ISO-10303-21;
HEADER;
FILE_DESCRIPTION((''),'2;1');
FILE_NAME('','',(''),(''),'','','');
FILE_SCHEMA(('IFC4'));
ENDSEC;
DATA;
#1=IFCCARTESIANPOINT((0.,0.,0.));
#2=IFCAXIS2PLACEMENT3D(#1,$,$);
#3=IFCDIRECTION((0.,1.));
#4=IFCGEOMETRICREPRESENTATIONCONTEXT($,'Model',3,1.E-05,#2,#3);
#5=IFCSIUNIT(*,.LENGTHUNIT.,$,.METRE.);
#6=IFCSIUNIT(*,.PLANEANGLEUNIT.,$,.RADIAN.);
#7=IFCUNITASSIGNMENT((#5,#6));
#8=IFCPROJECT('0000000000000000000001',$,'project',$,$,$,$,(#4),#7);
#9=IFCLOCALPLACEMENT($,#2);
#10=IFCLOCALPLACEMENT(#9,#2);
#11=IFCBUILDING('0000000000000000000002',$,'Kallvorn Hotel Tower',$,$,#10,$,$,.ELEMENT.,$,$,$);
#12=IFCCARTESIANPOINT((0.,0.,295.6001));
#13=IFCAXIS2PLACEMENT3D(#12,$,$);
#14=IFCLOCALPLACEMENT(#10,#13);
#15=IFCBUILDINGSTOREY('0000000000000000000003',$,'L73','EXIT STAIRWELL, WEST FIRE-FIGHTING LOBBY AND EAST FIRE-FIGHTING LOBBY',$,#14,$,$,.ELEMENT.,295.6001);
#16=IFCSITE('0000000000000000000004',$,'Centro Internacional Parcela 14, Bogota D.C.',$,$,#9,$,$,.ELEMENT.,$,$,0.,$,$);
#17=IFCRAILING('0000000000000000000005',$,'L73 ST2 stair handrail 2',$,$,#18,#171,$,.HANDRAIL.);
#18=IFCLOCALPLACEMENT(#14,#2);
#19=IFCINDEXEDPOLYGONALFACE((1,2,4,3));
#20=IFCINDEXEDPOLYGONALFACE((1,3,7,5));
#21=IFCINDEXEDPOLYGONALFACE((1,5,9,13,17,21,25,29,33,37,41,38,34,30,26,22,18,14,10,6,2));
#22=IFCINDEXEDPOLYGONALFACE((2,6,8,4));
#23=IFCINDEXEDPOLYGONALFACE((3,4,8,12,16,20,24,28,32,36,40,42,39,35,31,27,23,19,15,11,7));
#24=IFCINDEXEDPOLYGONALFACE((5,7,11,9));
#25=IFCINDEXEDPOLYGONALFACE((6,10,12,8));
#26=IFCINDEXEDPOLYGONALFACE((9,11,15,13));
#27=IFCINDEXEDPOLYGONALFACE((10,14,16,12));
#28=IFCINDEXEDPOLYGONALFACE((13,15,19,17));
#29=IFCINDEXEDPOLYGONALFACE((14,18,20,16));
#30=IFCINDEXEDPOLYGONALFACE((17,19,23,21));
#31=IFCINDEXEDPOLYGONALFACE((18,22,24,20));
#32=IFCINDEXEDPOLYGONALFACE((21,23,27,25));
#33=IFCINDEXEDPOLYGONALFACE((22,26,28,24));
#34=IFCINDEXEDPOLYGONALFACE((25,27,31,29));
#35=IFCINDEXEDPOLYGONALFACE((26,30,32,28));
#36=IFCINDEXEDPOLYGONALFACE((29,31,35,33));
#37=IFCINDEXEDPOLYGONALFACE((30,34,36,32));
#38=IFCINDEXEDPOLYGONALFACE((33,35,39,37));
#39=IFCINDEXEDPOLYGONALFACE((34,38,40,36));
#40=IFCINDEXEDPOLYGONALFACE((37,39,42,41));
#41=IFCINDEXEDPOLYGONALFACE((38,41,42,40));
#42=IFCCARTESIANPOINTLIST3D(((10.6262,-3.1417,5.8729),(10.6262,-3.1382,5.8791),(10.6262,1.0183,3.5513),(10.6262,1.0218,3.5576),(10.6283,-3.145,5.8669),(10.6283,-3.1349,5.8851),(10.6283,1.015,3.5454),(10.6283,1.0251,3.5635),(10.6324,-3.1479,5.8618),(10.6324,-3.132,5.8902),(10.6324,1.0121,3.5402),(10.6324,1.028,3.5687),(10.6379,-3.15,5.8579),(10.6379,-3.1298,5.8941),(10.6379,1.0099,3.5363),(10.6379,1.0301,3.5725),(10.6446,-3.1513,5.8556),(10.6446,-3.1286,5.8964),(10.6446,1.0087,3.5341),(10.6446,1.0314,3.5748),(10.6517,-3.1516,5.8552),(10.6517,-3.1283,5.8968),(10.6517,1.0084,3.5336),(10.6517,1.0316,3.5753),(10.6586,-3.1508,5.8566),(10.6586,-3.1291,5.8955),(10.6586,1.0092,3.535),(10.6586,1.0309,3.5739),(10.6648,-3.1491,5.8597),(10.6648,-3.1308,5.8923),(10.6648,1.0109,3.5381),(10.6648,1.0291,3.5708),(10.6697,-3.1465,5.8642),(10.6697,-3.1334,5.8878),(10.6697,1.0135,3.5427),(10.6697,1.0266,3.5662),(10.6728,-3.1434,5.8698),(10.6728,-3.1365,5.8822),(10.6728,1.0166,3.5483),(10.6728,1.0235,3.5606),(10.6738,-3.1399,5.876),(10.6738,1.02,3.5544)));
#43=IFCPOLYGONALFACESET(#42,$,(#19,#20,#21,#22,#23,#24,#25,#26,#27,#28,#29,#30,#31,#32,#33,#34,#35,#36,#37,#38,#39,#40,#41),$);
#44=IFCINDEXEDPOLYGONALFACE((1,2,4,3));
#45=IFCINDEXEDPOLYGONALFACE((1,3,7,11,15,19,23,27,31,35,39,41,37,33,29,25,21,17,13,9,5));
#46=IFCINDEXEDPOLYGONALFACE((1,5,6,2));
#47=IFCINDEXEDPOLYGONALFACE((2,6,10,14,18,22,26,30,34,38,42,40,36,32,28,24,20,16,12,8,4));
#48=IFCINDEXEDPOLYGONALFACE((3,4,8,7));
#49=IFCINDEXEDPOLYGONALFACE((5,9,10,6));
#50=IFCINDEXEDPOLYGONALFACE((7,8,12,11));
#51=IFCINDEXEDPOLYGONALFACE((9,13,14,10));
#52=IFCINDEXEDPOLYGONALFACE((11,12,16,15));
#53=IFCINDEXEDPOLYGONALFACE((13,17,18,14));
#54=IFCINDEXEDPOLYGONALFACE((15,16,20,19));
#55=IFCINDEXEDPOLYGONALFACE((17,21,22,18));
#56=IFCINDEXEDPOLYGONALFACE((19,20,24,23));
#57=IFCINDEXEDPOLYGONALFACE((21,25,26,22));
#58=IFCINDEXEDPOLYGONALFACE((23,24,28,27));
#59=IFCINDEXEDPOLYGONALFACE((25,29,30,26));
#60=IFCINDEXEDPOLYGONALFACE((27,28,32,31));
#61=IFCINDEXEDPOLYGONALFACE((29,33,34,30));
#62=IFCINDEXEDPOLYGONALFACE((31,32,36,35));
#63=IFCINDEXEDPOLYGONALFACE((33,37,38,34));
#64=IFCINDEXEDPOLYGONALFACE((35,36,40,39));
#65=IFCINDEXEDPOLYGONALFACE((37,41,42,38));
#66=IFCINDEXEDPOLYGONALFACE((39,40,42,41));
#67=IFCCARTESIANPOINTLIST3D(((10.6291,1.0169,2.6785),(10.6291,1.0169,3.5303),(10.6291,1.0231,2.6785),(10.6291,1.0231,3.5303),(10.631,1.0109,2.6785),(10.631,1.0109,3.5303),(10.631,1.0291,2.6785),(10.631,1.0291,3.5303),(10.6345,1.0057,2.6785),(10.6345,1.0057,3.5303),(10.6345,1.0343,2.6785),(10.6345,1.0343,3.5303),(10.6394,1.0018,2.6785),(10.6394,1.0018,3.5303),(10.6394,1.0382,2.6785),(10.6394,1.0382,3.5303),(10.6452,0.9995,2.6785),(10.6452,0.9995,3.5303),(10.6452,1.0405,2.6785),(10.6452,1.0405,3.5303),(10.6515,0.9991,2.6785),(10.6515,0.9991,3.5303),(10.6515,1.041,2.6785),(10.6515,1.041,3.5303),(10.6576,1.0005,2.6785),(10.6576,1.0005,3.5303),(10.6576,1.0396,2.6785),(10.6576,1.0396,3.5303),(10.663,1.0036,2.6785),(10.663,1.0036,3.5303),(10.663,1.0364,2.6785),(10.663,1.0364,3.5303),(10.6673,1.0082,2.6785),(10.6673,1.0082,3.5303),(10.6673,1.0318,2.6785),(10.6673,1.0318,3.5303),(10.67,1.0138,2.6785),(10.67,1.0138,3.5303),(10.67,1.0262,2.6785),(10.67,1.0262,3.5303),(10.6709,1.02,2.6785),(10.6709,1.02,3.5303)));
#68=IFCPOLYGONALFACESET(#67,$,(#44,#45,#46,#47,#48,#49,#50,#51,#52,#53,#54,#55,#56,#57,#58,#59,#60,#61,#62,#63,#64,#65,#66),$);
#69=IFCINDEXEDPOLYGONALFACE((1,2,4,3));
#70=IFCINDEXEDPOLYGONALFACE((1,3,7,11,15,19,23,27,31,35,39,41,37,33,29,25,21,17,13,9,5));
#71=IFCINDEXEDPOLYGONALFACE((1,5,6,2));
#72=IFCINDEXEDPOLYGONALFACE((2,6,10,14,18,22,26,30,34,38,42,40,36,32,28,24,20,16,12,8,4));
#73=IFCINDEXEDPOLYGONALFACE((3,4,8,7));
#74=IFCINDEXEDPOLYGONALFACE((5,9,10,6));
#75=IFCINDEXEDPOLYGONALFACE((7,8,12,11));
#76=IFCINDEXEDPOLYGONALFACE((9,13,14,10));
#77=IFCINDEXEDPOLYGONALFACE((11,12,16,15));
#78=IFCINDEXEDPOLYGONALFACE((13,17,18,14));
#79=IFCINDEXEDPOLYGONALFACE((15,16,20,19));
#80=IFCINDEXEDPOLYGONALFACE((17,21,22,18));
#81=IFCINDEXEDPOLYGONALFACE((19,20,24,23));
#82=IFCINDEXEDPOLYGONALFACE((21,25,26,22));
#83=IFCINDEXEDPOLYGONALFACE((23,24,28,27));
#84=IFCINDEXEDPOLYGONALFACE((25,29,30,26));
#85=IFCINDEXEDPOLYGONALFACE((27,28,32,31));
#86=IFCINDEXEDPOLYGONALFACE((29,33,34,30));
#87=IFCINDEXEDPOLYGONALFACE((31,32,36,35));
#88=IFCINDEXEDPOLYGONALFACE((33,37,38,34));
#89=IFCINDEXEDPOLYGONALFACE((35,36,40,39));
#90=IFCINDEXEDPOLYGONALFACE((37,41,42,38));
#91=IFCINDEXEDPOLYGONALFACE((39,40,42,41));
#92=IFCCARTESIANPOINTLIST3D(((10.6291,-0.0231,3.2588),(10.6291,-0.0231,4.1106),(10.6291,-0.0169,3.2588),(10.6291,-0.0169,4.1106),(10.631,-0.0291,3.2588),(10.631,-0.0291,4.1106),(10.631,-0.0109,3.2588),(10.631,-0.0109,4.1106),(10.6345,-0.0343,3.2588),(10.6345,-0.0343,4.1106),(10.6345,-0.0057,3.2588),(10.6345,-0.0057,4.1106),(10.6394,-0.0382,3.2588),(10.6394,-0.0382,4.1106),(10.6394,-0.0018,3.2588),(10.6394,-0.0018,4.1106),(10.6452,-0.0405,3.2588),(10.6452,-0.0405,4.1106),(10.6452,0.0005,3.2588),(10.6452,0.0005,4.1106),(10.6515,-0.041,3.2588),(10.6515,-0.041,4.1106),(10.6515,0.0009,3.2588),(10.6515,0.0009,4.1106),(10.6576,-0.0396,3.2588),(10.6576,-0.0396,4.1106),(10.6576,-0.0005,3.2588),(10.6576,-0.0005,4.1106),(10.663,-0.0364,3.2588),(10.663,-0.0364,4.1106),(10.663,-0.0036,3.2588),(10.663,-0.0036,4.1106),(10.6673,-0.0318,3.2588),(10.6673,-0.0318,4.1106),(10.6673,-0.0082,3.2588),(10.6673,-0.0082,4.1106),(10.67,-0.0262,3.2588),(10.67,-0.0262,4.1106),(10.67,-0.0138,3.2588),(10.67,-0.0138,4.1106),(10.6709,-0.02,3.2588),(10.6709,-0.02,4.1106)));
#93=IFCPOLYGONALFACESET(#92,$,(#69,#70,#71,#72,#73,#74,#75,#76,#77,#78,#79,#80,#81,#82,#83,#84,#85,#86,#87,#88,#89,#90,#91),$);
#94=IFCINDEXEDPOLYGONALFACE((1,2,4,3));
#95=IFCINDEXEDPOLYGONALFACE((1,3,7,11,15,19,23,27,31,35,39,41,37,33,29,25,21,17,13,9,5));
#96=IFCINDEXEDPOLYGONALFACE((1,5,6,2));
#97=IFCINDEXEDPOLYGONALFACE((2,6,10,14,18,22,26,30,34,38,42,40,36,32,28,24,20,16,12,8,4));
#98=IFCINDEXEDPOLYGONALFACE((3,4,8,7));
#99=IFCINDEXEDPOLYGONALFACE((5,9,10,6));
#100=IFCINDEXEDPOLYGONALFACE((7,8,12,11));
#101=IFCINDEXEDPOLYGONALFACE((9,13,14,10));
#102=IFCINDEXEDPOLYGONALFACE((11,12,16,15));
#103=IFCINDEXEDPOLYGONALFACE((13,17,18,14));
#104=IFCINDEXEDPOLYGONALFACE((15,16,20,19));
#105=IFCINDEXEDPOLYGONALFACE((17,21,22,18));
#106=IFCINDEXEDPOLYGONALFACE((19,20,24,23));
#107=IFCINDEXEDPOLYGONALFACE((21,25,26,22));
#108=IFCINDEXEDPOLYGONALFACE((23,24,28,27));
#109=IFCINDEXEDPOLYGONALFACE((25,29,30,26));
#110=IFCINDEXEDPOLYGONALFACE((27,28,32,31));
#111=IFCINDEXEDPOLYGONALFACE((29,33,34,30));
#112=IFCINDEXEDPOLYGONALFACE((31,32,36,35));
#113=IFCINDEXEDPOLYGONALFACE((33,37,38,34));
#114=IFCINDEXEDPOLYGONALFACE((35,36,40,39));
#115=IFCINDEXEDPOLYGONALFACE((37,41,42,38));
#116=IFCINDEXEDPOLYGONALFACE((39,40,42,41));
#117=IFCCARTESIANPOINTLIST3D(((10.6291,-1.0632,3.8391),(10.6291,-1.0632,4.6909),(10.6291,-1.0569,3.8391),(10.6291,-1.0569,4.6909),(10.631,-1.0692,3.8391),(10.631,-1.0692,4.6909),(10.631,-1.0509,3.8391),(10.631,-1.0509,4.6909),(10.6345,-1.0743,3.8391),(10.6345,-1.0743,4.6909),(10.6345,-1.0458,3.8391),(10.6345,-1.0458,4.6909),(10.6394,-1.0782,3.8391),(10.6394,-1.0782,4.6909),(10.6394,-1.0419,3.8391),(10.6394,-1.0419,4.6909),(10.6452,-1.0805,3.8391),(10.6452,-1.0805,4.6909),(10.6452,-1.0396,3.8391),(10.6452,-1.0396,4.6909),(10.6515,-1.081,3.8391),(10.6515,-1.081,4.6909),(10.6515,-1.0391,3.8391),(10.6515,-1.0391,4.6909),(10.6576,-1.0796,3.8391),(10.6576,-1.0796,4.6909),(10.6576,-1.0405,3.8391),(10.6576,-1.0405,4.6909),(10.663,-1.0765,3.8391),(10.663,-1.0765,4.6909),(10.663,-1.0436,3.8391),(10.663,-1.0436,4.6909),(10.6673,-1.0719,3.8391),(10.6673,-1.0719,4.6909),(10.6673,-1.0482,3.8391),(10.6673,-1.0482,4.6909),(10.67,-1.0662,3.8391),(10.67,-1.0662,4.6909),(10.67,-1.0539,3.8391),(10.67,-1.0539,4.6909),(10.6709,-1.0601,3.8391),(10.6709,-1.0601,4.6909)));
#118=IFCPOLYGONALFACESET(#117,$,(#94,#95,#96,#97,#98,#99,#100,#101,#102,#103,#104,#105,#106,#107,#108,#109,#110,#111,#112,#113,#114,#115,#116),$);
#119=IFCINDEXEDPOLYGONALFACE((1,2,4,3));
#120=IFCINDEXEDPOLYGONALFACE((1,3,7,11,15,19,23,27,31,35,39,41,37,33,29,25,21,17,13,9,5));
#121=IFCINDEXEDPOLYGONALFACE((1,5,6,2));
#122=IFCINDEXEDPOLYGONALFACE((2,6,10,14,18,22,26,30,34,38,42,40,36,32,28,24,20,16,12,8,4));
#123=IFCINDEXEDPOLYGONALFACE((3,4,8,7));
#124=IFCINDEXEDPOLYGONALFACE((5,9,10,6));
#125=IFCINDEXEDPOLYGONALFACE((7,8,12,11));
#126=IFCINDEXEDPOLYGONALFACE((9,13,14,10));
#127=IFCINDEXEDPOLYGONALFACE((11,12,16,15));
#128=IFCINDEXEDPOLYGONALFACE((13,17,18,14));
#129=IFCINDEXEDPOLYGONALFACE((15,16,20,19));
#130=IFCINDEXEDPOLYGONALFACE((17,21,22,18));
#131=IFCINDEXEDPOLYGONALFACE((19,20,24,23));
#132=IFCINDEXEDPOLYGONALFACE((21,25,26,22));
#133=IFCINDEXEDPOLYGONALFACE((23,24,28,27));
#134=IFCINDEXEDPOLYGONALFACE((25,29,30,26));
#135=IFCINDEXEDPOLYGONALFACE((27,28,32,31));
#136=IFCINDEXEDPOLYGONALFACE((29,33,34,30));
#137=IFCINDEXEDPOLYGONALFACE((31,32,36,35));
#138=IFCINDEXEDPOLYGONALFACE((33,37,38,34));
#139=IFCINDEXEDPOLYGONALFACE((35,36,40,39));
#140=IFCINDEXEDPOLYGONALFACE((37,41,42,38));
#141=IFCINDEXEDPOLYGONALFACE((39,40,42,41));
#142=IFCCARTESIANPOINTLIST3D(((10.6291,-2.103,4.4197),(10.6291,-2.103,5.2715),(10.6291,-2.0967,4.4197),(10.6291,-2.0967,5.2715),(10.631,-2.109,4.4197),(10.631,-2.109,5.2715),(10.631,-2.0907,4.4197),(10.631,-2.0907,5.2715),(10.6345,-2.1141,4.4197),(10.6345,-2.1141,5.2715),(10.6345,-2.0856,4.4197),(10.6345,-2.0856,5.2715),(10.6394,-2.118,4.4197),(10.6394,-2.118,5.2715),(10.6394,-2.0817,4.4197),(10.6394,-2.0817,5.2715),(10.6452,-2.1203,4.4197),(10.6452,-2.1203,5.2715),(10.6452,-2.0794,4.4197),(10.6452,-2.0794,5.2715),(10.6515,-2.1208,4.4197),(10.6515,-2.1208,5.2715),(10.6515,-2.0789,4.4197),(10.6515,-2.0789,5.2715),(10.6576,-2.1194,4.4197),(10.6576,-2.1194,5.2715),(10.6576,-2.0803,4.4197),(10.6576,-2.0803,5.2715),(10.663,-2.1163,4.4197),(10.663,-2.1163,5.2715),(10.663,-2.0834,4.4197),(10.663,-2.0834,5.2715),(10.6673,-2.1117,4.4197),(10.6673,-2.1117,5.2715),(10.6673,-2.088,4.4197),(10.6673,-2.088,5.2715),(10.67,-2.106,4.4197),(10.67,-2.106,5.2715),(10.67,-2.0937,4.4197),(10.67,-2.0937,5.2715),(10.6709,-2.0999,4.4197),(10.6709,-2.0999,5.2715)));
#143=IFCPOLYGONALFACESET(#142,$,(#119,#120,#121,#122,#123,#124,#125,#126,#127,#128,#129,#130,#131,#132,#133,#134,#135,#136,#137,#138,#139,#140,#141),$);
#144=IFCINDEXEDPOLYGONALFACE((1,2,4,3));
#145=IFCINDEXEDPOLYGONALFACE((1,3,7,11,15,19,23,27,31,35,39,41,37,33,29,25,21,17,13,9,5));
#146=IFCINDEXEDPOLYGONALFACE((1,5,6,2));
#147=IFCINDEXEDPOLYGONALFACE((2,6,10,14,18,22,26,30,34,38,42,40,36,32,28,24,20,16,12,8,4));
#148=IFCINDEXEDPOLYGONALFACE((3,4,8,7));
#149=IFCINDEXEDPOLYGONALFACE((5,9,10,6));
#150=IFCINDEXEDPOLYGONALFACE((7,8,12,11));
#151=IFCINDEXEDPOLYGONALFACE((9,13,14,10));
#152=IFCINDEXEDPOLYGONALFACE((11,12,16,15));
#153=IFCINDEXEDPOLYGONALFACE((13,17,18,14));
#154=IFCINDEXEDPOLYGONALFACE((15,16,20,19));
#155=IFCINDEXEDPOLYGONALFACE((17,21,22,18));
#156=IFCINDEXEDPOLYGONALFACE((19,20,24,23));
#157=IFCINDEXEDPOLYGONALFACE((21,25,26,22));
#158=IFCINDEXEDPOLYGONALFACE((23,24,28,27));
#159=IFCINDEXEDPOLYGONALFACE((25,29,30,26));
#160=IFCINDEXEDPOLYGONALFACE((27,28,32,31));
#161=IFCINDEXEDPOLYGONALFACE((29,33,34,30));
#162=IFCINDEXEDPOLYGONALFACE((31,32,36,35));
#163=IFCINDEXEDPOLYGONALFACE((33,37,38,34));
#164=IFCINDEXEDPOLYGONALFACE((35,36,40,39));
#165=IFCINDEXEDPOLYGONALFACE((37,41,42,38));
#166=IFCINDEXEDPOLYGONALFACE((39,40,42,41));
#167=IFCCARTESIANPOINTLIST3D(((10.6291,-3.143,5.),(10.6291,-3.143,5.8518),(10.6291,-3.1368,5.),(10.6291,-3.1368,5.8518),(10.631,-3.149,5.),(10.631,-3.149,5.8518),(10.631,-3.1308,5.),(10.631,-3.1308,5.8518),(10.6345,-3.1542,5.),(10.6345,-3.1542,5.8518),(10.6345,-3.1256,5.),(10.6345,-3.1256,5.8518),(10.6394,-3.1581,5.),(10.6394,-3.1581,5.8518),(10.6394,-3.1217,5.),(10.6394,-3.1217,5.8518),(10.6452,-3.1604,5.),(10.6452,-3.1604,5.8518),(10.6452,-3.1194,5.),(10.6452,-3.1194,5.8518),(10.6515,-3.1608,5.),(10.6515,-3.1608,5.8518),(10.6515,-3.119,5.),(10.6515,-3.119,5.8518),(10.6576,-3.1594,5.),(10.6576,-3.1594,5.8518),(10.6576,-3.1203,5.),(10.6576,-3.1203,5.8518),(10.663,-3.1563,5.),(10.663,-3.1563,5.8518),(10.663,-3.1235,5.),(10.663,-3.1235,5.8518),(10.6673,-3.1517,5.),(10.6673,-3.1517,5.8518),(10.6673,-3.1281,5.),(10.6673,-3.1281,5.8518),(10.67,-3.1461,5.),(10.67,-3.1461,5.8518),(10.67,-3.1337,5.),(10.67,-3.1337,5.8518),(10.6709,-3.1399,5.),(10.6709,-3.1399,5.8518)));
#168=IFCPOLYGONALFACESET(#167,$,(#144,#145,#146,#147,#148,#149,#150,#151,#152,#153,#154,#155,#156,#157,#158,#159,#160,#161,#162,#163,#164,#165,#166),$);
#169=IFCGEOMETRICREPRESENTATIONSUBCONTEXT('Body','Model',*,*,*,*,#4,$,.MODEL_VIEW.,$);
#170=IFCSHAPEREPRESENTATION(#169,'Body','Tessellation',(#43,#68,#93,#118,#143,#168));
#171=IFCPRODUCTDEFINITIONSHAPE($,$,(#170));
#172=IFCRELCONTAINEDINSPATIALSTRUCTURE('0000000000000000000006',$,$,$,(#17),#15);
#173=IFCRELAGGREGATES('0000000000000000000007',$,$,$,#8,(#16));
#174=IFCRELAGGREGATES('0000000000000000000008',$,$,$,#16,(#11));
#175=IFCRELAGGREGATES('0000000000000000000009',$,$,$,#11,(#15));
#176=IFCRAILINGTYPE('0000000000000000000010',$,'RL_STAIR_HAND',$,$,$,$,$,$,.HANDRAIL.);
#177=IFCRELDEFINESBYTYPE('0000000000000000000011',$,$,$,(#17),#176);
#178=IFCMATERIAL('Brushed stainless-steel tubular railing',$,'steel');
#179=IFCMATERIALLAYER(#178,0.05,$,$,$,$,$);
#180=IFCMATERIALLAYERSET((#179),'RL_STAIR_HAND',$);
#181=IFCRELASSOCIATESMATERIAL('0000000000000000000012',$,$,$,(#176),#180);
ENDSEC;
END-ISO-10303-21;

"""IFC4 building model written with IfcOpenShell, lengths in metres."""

from ifc_helpers import new_model, si_unit, direction, frame, origin, origin_2d, place, context, subcontext, project, spatial, circle, extrude, material, layer, layer_set, type_object, element, save


model = new_model("IFC4")

# Units and contexts
model_context = context("Model", 3, precision=1e-05, world=origin(), true_north=direction((0.0, 1.0)))
body_context = subcontext(model_context, "Body", "Model", "MODEL_VIEW")
ifc_project = project(units=[si_unit("LENGTHUNIT", "METRE"), si_unit("PLANEANGLEUNIT", "RADIAN")], contexts=[model_context])

# Site, building, storey
site_placement = place(None, origin())
site = spatial("IfcSite", under=ifc_project, at=site_placement, Name="Centro Internacional Parcela 14, Bogota D.C.", CompositionType="ELEMENT", RefElevation=0.0)
building_placement = place(site_placement, origin())
building = spatial("IfcBuilding", under=site, at=building_placement, Name="Kallvorn Hotel Tower", CompositionType="ELEMENT")
storey_placement = place(building_placement, frame((0.0, 0.0, 295.6001)))
storey = spatial("IfcBuildingStorey", under=building, at=storey_placement, Name="L73", Description="EXIT STAIRWELL, WEST FIRE-FIGHTING LOBBY AND EAST FIRE-FIGHTING LOBBY", CompositionType="ELEMENT", Elevation=295.6001)

# Railing
ifc_material_1 = material(Name="Brushed stainless-steel tubular railing", Category="steel")
ifc_layer_1 = layer(ifc_material_1, 0.05)
ifc_layer_set_1 = layer_set([ifc_layer_1], Name="RL_STAIR_HAND")
railing_type_1 = type_object("IfcRailingType", Name="RL_STAIR_HAND", PredefinedType="HANDRAIL", material=ifc_layer_set_1)
for number, where, name in (
    (1, (10.6499, 1.02, 2.6785), "L73 ST2 stair handrail 2"),
):
    element("IfcRailing", number, at=place(storey_placement, frame(where)), inside=storey, type_object=railing_type_1, Name=name, PredefinedType="HANDRAIL", context=body_context, shape_type="SweptSolid", body=[
        extrude(circle(Radius=0.0239, at=origin_2d()), frame((0.0, 0.0, 0.876), z_axis=(0.0, -0.873223, 0.487322), x_axis=(1.0, 0.0, 0.0)), (0.0, 0.0, 1.0), 4.7639),
        extrude(circle(Radius=0.021, at=origin_2d()), origin(), (0.0, 0.0, 1.0), 0.8518),
        extrude(circle(Radius=0.021, at=origin_2d()), frame((0.0, -1.04, 0.5803)), (0.0, 0.0, 1.0), 0.8518),
        extrude(circle(Radius=0.021, at=origin_2d()), frame((0.0, -2.0801, 1.1606)), (0.0, 0.0, 1.0), 0.8518),
        extrude(circle(Radius=0.021, at=origin_2d()), frame((0.0, -3.1199, 1.7412)), (0.0, 0.0, 1.0), 0.8518),
        extrude(circle(Radius=0.021, at=origin_2d()), frame((0.0, -4.1599, 2.3215)), (0.0, 0.0, 1.0), 0.8518),
    ])

save(model, "model.ifc")
